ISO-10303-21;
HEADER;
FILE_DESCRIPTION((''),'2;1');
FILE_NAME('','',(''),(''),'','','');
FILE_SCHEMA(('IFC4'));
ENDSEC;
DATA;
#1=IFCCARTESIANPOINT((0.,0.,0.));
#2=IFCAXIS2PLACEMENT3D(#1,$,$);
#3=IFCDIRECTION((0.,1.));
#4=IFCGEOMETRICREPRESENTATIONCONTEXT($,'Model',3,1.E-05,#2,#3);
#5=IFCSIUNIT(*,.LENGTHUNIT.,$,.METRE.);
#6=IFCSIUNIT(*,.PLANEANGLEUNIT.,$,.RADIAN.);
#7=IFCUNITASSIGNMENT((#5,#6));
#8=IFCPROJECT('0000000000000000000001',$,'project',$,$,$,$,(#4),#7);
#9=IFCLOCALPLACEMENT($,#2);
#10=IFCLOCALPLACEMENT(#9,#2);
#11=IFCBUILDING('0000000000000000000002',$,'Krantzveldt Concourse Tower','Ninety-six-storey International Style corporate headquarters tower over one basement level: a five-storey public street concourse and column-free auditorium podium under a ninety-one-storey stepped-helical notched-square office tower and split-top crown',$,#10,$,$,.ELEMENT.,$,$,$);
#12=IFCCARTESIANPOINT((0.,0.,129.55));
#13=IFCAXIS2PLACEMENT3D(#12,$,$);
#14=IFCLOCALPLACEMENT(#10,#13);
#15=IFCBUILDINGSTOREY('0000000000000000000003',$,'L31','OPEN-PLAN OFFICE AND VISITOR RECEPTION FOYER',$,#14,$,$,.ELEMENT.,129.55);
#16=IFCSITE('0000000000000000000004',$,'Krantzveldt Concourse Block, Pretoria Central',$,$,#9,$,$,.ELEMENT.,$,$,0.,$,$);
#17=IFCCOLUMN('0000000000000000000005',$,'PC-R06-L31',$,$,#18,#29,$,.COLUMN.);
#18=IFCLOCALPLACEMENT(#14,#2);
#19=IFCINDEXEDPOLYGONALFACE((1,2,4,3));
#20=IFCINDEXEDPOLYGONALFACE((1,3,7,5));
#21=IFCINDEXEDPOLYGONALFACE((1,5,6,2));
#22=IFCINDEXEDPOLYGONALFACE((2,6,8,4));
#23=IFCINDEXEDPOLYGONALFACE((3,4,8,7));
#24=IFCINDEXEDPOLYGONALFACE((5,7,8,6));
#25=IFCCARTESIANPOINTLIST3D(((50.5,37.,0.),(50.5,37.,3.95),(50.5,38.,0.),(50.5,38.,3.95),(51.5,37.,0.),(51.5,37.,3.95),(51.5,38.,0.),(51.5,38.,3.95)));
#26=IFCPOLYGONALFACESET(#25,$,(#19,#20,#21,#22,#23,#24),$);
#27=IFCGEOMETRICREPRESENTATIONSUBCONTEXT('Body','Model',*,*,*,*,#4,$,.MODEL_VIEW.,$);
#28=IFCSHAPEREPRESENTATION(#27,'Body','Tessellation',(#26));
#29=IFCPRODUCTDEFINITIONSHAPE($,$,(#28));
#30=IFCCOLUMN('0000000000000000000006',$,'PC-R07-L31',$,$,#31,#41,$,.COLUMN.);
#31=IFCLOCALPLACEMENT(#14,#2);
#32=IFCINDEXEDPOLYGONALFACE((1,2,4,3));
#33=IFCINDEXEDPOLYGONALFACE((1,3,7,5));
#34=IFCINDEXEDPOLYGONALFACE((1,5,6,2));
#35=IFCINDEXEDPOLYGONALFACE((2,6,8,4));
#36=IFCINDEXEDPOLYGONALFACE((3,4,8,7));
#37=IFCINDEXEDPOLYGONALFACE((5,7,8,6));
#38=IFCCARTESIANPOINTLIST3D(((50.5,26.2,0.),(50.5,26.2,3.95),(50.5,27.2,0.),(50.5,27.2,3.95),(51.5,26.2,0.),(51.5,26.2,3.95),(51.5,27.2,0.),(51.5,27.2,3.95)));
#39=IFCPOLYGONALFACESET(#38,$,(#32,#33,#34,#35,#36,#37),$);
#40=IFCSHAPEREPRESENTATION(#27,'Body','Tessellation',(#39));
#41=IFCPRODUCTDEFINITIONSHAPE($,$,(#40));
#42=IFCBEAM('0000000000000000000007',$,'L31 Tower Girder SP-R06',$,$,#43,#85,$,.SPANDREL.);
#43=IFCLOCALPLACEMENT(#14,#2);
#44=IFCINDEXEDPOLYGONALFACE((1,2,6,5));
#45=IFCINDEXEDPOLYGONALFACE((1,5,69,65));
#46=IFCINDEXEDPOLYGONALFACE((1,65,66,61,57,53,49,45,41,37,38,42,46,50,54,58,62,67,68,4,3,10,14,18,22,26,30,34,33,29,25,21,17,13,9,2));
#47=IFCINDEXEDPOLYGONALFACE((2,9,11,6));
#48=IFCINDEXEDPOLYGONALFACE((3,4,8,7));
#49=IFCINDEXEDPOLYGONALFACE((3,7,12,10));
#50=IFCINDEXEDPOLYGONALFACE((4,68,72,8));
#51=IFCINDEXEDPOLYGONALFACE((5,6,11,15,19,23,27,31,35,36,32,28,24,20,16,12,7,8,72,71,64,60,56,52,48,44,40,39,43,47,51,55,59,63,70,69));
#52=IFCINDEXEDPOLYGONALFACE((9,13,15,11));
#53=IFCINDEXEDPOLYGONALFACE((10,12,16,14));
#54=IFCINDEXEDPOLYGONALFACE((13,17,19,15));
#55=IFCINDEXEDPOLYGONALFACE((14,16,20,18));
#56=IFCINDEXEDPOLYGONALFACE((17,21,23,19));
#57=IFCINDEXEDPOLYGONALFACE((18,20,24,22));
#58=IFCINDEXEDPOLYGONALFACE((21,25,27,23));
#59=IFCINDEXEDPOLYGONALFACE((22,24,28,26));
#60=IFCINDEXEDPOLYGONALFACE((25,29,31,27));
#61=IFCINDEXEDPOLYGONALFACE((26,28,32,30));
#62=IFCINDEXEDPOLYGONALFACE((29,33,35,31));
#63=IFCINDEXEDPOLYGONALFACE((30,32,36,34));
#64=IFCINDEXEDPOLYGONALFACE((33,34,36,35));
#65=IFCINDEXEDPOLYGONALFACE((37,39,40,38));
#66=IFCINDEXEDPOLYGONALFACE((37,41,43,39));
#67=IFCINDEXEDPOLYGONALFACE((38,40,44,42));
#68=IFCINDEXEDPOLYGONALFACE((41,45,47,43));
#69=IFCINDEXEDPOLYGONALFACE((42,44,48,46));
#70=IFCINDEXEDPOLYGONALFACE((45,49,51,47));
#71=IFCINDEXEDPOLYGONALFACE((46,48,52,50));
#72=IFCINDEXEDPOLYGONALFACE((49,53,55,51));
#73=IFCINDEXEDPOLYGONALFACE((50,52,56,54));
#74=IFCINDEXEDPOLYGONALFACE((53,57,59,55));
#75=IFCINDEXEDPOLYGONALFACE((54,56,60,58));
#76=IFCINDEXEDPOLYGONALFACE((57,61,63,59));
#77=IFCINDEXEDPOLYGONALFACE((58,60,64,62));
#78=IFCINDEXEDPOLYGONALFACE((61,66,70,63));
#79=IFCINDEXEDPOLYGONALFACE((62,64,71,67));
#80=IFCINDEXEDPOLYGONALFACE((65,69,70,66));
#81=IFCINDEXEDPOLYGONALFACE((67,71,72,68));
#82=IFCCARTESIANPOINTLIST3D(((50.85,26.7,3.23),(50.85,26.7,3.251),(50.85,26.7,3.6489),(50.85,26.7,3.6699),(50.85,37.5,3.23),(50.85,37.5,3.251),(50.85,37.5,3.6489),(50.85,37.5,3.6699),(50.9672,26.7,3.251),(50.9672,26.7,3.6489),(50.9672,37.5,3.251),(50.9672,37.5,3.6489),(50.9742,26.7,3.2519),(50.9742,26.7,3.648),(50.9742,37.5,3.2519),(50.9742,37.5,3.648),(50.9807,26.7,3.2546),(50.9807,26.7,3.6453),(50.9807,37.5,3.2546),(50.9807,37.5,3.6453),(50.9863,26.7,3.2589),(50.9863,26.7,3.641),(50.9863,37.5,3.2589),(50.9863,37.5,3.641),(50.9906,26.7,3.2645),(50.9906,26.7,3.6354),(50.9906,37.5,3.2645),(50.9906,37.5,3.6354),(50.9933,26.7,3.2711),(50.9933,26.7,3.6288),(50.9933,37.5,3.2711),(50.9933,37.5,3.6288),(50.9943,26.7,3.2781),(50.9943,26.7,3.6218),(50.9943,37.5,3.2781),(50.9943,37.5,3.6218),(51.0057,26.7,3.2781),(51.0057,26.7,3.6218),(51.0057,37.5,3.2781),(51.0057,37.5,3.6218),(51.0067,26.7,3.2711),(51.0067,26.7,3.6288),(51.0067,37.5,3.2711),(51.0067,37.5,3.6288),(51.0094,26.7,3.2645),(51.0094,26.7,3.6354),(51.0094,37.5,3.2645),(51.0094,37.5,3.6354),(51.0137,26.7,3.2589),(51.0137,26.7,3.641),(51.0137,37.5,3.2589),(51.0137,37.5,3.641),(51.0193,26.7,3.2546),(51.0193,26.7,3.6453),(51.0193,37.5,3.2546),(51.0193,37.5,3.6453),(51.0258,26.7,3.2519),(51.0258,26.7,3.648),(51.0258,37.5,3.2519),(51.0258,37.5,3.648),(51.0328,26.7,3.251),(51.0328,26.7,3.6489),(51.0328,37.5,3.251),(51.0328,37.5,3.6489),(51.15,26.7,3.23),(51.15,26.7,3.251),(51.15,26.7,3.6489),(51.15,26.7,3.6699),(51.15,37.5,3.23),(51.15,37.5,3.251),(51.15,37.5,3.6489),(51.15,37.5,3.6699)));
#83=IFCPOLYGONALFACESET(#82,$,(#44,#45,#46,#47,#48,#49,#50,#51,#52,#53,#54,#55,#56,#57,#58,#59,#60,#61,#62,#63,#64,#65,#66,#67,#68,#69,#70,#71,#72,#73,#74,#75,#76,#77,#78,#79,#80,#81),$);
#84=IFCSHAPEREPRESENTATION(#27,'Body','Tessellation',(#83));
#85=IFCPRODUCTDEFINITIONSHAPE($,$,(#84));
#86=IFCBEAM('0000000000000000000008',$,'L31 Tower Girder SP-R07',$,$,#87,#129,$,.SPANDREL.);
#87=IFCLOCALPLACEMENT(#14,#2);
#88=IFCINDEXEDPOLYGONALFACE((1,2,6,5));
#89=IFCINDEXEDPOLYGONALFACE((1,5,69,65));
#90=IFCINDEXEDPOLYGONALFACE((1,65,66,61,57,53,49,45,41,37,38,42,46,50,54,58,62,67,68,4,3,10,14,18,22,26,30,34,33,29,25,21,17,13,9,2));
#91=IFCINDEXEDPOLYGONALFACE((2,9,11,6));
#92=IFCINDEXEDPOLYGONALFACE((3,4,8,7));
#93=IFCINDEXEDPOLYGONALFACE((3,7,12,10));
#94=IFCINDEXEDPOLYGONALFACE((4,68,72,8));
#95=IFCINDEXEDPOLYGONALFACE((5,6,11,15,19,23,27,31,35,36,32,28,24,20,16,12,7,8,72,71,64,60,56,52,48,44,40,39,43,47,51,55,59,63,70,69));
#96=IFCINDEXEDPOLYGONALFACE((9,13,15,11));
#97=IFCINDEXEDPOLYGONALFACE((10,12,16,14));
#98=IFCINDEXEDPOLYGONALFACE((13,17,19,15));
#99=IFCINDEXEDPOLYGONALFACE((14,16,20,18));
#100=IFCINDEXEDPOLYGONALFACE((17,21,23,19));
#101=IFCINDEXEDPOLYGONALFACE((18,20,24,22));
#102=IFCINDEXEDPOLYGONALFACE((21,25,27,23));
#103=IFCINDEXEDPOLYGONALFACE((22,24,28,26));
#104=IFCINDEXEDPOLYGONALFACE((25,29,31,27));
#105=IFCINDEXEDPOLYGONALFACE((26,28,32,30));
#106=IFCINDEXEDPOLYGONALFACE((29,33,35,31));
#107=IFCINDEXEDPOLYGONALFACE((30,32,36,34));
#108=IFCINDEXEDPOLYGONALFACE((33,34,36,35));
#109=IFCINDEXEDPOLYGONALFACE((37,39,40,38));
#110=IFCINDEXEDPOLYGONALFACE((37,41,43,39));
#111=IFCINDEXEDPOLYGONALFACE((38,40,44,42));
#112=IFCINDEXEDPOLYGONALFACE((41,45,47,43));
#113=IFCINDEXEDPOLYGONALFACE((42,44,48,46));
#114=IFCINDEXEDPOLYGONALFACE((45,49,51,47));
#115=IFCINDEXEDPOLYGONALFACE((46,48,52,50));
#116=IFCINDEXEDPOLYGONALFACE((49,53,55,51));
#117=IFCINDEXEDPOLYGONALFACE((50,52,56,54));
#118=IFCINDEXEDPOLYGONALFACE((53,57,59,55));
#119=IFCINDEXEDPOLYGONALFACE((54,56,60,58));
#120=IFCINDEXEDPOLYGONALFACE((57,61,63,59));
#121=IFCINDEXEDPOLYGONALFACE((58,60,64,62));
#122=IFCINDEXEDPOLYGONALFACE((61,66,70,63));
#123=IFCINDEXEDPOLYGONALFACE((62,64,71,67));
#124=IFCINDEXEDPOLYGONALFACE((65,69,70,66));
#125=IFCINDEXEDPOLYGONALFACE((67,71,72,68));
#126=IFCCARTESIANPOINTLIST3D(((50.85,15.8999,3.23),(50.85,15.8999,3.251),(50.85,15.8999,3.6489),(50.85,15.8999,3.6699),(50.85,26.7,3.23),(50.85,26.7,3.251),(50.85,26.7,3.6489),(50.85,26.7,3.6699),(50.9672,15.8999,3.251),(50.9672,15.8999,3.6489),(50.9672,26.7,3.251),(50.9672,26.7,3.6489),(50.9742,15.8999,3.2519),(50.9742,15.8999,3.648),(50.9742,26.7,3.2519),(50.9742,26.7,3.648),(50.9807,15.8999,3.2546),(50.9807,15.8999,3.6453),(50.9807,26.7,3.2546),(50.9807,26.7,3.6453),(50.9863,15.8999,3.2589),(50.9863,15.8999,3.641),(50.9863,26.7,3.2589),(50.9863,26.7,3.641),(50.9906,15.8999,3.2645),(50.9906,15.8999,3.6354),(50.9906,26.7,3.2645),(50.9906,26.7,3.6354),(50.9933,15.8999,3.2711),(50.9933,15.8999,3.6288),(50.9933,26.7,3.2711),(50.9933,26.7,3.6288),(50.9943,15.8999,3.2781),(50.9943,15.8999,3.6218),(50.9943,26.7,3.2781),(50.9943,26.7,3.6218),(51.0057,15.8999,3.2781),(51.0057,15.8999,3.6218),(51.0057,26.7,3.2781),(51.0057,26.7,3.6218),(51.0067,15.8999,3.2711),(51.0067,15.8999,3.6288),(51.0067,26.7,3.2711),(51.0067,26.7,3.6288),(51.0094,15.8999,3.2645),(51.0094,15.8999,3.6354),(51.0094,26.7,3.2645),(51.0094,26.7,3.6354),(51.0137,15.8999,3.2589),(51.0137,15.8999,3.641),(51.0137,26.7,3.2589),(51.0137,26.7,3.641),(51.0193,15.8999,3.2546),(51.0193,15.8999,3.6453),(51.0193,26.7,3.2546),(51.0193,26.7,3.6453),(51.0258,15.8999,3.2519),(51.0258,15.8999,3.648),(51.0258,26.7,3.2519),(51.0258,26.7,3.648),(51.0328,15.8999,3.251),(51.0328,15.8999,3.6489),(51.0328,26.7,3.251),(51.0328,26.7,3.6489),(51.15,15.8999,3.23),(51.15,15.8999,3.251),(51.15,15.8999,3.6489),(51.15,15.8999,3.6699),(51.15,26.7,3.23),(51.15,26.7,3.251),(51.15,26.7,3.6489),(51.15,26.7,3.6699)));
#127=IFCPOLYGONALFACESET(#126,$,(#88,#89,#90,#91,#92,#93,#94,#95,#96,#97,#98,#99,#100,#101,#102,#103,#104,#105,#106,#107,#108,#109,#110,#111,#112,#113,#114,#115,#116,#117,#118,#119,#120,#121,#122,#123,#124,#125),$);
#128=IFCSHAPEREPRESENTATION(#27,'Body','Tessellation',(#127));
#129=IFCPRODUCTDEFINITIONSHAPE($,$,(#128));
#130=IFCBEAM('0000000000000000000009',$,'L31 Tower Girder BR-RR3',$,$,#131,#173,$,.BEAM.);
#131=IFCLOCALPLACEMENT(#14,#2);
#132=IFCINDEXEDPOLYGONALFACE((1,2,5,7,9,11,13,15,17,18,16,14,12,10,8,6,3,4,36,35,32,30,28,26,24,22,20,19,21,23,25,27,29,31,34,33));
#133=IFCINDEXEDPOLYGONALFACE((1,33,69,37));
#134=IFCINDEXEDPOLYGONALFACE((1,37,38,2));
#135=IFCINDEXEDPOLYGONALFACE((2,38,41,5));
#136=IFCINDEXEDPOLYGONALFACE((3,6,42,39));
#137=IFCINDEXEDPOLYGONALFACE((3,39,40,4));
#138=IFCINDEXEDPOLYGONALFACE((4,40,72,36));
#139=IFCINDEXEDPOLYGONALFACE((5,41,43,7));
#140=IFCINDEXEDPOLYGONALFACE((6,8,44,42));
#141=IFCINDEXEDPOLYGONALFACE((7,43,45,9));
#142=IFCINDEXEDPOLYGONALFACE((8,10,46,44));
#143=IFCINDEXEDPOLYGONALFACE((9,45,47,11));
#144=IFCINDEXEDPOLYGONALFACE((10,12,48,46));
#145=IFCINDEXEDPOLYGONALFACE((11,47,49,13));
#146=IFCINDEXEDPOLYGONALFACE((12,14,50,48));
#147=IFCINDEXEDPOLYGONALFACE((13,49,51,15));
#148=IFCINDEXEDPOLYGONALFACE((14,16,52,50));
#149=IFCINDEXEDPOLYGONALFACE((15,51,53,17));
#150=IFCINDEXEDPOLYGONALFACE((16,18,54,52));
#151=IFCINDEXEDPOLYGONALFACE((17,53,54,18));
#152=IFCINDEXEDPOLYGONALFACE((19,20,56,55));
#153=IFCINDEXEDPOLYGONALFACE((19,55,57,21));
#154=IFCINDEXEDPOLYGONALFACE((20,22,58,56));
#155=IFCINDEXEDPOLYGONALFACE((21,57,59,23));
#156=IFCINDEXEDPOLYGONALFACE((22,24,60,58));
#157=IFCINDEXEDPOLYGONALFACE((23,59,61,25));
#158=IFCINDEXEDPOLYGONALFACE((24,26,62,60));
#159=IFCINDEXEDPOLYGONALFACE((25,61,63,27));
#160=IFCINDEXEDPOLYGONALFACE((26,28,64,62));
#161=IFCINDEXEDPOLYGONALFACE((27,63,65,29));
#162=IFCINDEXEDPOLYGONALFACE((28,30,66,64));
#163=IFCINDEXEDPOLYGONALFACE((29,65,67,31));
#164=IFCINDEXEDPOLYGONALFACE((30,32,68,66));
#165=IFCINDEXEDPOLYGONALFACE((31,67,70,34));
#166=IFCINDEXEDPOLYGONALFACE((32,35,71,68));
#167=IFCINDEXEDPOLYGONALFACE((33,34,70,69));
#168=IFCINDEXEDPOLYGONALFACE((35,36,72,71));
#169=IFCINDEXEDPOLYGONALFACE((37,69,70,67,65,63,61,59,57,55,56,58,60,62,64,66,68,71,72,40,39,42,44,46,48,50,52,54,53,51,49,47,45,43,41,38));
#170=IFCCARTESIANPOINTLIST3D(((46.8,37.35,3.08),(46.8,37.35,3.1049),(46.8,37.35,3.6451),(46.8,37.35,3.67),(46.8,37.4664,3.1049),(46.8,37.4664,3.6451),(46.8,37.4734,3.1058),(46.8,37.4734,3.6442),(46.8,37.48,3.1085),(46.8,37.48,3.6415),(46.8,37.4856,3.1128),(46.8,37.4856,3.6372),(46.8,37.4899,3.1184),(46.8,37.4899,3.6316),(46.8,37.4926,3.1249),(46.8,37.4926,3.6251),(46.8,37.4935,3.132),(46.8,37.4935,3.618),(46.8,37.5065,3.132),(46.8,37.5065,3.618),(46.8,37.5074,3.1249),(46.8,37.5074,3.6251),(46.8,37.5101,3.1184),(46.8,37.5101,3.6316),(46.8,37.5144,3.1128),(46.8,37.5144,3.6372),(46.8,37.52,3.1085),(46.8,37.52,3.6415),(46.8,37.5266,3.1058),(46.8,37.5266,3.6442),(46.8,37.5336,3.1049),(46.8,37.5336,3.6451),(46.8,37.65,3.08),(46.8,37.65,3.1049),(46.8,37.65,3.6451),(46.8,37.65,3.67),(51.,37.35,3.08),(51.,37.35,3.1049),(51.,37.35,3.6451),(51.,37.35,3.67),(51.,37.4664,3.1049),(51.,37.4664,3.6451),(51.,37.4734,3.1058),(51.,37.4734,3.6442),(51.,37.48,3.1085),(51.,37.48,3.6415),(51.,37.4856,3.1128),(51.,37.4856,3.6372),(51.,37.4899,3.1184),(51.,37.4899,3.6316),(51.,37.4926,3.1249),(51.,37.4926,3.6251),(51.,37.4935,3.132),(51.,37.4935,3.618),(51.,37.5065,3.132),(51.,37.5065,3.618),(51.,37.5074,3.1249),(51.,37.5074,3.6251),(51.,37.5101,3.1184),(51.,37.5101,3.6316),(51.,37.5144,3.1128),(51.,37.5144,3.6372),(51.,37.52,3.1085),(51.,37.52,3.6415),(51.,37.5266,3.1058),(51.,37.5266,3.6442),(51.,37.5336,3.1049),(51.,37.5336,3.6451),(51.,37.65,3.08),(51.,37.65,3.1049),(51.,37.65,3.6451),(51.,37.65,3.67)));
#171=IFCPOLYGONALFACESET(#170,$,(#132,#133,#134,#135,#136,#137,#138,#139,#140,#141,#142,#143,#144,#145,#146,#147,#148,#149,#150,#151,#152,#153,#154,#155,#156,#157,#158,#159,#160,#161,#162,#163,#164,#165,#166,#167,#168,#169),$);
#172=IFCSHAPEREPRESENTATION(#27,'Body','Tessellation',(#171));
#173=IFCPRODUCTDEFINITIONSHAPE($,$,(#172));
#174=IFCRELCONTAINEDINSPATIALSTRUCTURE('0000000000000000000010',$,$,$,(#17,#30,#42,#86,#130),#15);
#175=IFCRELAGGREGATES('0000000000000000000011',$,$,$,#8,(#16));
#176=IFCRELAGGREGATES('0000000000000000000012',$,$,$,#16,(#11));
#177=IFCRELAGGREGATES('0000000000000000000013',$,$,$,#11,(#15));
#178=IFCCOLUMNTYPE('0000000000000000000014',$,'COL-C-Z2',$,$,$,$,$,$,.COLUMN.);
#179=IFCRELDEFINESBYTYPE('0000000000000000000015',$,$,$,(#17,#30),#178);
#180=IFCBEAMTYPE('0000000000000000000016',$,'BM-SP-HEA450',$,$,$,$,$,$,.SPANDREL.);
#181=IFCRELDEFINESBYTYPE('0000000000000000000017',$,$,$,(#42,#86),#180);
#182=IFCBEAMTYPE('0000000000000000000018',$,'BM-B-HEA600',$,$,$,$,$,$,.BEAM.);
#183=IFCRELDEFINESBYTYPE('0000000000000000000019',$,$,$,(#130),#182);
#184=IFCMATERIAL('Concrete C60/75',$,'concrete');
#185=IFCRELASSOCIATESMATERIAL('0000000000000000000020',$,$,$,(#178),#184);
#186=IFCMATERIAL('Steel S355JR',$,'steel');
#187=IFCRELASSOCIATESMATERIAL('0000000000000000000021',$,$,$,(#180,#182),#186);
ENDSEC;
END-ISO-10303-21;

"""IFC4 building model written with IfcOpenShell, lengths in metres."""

from ifc_helpers import new_model, si_unit, direction, frame, origin, origin_2d, place, context, subcontext, project, spatial, rectangle, i_section, extrude, source, transform, mapped, material, material_profile, profile_set, type_object, type_shapes, element, save


model = new_model("IFC4")

# Units and contexts
model_context = context("Model", 3, precision=1e-05, world=origin(), true_north=direction((0.0, 1.0)))
body_context = subcontext(model_context, "Body", "Model", "MODEL_VIEW")
ifc_project = project(units=[si_unit("LENGTHUNIT", "METRE"), si_unit("PLANEANGLEUNIT", "RADIAN")], contexts=[model_context])

# Site, building, storey
site_placement = place(None, origin())
site = spatial("IfcSite", under=ifc_project, at=site_placement, Name="Krantzveldt Concourse Block, Pretoria Central", CompositionType="ELEMENT", RefElevation=0.0)
building_placement = place(site_placement, origin())
building = spatial("IfcBuilding", under=site, at=building_placement, Name="Krantzveldt Concourse Tower", Description="Ninety-six-storey International Style corporate headquarters tower over one basement level: a five-storey public street concourse and column-free auditorium podium under a ninety-one-storey stepped-helical notched-square office tower and split-top crown", CompositionType="ELEMENT")
storey_placement = place(building_placement, frame((0.0, 0.0, 129.55)))
storey = spatial("IfcBuildingStorey", under=building, at=storey_placement, Name="L31", Description="OPEN-PLAN OFFICE AND VISITOR RECEPTION FOYER", CompositionType="ELEMENT", Elevation=129.55)

# Columns
ifc_material_1 = material(Name="Concrete C60/75", Category="concrete")
ifc_material_profile_1 = material_profile(ifc_material_1, rectangle(XDim=1.0, YDim=1.0, at=origin_2d()), Name="Concrete C60/75", Category="concrete")
ifc_profile_set_1 = profile_set([ifc_material_profile_1], Name="Concrete C60/75 - RC 1000x1000")
column_type = type_object("IfcColumnType", Name="COL-C-Z2", PredefinedType="COLUMN", material=ifc_profile_set_1)
shared_shape_1 = source(origin(), body_context, "Body", "SweptSolid", [
    extrude(rectangle(XDim=1.0, YDim=1.0, at=origin_2d()), origin(), (0.0, 0.0, 1.0), 3.95),
])
type_shapes(column_type, [shared_shape_1])
for number, where, z_axis, x_axis, name in (
    (1, (51.0, 37.5, 0.0), (0.0, 0.0, 1.0), (1.0, 0.0, 0.0), "PC-R06-L31"),
    (2, (51.0, 26.7, 0.0), (0.0, 0.0, 1.0), (1.0, 0.0, 0.0), "PC-R07-L31"),
):
    element("IfcColumn", number, at=place(storey_placement, frame(where, z_axis=z_axis, x_axis=x_axis)), inside=storey, type_object=column_type, Name=name, PredefinedType="COLUMN", context=body_context, shape_type="MappedRepresentation", body=[
        mapped(shared_shape_1, transform((0.0, 0.0, 0.0), x_axis=(1.0, 0.0, 0.0), y_axis=(0.0, 1.0, 0.0), z_axis=(0.0, 0.0, 1.0), scale=1.0)),
    ])

# Beams
ifc_material_2 = material(Name="Steel S355JR", Category="steel")
ifc_material_profile_2 = material_profile(ifc_material_2, i_section(OverallWidth=0.3, OverallDepth=0.4399, WebThickness=0.0115, FlangeThickness=0.021, FilletRadius=0.0271, at=origin_2d()), Name="Steel S355JR", Category="steel")
ifc_profile_set_2 = profile_set([ifc_material_profile_2], Name="Steel S355JR - HEA 450")
beam_type_1 = type_object("IfcBeamType", Name="BM-SP-HEA450", PredefinedType="SPANDREL", material=ifc_profile_set_2)
shared_shape_2 = source(origin(), body_context, "Body", "SweptSolid", [
    extrude(i_section(OverallWidth=0.3, OverallDepth=0.4399, WebThickness=0.0115, FlangeThickness=0.021, FilletRadius=0.0271, at=origin_2d()), origin(), (0.0, 0.0, 1.0), 10.8),
])
type_shapes(beam_type_1, [shared_shape_2])
for number, where, z_axis, x_axis, name in (
    (3, (51.0, 37.5, 3.45), (0.0, -1.0, 0.0), (1.0, 0.0, 0.0), "L31 Tower Girder SP-R06"),
    (4, (51.0, 26.7, 3.45), (0.0, -1.0, 0.0), (1.0, 0.0, 0.0), "L31 Tower Girder SP-R07"),
):
    element("IfcBeam", number, at=place(storey_placement, frame(where, z_axis=z_axis, x_axis=x_axis)), inside=storey, type_object=beam_type_1, Name=name, PredefinedType="SPANDREL", context=body_context, shape_type="MappedRepresentation", body=[
        mapped(shared_shape_2, transform((0.0, 0.0, 0.0), x_axis=(1.0, 0.0, 0.0), y_axis=(0.0, 1.0, 0.0), z_axis=(0.0, 0.0, 1.0), scale=1.0)),
    ])
ifc_material_profile_3 = material_profile(ifc_material_2, i_section(OverallWidth=0.3, OverallDepth=0.5901, WebThickness=0.0129, FlangeThickness=0.0249, FilletRadius=0.0271, at=origin_2d()), Name="Steel S355JR", Category="steel")
ifc_profile_set_3 = profile_set([ifc_material_profile_3], Name="Steel S355JR - HEA 600")
beam_type_2 = type_object("IfcBeamType", Name="BM-B-HEA600", PredefinedType="BEAM", material=ifc_profile_set_3)
shared_shape_3 = source(origin(), body_context, "Body", "SweptSolid", [
    extrude(i_section(OverallWidth=0.3, OverallDepth=0.5901, WebThickness=0.0129, FlangeThickness=0.0249, FilletRadius=0.0271, at=origin_2d()), origin(), (0.0, 0.0, 1.0), 4.2),
])
beam_1_placement = place(storey_placement, frame((46.8, 37.5, 3.375), z_axis=(1.0, 0.0, 0.0), x_axis=(0.0, 1.0, 0.0)))
element("IfcBeam", 5, at=beam_1_placement, inside=storey, type_object=beam_type_2, Name="L31 Tower Girder BR-RR3", PredefinedType="BEAM", context=body_context, shape_type="MappedRepresentation", body=[
    mapped(shared_shape_3, transform((0.0, 0.0, 0.0), x_axis=(1.0, 0.0, 0.0), y_axis=(0.0, 1.0, 0.0), z_axis=(0.0, 0.0, 1.0), scale=1.0)),
])

save(model, "model.ifc")
